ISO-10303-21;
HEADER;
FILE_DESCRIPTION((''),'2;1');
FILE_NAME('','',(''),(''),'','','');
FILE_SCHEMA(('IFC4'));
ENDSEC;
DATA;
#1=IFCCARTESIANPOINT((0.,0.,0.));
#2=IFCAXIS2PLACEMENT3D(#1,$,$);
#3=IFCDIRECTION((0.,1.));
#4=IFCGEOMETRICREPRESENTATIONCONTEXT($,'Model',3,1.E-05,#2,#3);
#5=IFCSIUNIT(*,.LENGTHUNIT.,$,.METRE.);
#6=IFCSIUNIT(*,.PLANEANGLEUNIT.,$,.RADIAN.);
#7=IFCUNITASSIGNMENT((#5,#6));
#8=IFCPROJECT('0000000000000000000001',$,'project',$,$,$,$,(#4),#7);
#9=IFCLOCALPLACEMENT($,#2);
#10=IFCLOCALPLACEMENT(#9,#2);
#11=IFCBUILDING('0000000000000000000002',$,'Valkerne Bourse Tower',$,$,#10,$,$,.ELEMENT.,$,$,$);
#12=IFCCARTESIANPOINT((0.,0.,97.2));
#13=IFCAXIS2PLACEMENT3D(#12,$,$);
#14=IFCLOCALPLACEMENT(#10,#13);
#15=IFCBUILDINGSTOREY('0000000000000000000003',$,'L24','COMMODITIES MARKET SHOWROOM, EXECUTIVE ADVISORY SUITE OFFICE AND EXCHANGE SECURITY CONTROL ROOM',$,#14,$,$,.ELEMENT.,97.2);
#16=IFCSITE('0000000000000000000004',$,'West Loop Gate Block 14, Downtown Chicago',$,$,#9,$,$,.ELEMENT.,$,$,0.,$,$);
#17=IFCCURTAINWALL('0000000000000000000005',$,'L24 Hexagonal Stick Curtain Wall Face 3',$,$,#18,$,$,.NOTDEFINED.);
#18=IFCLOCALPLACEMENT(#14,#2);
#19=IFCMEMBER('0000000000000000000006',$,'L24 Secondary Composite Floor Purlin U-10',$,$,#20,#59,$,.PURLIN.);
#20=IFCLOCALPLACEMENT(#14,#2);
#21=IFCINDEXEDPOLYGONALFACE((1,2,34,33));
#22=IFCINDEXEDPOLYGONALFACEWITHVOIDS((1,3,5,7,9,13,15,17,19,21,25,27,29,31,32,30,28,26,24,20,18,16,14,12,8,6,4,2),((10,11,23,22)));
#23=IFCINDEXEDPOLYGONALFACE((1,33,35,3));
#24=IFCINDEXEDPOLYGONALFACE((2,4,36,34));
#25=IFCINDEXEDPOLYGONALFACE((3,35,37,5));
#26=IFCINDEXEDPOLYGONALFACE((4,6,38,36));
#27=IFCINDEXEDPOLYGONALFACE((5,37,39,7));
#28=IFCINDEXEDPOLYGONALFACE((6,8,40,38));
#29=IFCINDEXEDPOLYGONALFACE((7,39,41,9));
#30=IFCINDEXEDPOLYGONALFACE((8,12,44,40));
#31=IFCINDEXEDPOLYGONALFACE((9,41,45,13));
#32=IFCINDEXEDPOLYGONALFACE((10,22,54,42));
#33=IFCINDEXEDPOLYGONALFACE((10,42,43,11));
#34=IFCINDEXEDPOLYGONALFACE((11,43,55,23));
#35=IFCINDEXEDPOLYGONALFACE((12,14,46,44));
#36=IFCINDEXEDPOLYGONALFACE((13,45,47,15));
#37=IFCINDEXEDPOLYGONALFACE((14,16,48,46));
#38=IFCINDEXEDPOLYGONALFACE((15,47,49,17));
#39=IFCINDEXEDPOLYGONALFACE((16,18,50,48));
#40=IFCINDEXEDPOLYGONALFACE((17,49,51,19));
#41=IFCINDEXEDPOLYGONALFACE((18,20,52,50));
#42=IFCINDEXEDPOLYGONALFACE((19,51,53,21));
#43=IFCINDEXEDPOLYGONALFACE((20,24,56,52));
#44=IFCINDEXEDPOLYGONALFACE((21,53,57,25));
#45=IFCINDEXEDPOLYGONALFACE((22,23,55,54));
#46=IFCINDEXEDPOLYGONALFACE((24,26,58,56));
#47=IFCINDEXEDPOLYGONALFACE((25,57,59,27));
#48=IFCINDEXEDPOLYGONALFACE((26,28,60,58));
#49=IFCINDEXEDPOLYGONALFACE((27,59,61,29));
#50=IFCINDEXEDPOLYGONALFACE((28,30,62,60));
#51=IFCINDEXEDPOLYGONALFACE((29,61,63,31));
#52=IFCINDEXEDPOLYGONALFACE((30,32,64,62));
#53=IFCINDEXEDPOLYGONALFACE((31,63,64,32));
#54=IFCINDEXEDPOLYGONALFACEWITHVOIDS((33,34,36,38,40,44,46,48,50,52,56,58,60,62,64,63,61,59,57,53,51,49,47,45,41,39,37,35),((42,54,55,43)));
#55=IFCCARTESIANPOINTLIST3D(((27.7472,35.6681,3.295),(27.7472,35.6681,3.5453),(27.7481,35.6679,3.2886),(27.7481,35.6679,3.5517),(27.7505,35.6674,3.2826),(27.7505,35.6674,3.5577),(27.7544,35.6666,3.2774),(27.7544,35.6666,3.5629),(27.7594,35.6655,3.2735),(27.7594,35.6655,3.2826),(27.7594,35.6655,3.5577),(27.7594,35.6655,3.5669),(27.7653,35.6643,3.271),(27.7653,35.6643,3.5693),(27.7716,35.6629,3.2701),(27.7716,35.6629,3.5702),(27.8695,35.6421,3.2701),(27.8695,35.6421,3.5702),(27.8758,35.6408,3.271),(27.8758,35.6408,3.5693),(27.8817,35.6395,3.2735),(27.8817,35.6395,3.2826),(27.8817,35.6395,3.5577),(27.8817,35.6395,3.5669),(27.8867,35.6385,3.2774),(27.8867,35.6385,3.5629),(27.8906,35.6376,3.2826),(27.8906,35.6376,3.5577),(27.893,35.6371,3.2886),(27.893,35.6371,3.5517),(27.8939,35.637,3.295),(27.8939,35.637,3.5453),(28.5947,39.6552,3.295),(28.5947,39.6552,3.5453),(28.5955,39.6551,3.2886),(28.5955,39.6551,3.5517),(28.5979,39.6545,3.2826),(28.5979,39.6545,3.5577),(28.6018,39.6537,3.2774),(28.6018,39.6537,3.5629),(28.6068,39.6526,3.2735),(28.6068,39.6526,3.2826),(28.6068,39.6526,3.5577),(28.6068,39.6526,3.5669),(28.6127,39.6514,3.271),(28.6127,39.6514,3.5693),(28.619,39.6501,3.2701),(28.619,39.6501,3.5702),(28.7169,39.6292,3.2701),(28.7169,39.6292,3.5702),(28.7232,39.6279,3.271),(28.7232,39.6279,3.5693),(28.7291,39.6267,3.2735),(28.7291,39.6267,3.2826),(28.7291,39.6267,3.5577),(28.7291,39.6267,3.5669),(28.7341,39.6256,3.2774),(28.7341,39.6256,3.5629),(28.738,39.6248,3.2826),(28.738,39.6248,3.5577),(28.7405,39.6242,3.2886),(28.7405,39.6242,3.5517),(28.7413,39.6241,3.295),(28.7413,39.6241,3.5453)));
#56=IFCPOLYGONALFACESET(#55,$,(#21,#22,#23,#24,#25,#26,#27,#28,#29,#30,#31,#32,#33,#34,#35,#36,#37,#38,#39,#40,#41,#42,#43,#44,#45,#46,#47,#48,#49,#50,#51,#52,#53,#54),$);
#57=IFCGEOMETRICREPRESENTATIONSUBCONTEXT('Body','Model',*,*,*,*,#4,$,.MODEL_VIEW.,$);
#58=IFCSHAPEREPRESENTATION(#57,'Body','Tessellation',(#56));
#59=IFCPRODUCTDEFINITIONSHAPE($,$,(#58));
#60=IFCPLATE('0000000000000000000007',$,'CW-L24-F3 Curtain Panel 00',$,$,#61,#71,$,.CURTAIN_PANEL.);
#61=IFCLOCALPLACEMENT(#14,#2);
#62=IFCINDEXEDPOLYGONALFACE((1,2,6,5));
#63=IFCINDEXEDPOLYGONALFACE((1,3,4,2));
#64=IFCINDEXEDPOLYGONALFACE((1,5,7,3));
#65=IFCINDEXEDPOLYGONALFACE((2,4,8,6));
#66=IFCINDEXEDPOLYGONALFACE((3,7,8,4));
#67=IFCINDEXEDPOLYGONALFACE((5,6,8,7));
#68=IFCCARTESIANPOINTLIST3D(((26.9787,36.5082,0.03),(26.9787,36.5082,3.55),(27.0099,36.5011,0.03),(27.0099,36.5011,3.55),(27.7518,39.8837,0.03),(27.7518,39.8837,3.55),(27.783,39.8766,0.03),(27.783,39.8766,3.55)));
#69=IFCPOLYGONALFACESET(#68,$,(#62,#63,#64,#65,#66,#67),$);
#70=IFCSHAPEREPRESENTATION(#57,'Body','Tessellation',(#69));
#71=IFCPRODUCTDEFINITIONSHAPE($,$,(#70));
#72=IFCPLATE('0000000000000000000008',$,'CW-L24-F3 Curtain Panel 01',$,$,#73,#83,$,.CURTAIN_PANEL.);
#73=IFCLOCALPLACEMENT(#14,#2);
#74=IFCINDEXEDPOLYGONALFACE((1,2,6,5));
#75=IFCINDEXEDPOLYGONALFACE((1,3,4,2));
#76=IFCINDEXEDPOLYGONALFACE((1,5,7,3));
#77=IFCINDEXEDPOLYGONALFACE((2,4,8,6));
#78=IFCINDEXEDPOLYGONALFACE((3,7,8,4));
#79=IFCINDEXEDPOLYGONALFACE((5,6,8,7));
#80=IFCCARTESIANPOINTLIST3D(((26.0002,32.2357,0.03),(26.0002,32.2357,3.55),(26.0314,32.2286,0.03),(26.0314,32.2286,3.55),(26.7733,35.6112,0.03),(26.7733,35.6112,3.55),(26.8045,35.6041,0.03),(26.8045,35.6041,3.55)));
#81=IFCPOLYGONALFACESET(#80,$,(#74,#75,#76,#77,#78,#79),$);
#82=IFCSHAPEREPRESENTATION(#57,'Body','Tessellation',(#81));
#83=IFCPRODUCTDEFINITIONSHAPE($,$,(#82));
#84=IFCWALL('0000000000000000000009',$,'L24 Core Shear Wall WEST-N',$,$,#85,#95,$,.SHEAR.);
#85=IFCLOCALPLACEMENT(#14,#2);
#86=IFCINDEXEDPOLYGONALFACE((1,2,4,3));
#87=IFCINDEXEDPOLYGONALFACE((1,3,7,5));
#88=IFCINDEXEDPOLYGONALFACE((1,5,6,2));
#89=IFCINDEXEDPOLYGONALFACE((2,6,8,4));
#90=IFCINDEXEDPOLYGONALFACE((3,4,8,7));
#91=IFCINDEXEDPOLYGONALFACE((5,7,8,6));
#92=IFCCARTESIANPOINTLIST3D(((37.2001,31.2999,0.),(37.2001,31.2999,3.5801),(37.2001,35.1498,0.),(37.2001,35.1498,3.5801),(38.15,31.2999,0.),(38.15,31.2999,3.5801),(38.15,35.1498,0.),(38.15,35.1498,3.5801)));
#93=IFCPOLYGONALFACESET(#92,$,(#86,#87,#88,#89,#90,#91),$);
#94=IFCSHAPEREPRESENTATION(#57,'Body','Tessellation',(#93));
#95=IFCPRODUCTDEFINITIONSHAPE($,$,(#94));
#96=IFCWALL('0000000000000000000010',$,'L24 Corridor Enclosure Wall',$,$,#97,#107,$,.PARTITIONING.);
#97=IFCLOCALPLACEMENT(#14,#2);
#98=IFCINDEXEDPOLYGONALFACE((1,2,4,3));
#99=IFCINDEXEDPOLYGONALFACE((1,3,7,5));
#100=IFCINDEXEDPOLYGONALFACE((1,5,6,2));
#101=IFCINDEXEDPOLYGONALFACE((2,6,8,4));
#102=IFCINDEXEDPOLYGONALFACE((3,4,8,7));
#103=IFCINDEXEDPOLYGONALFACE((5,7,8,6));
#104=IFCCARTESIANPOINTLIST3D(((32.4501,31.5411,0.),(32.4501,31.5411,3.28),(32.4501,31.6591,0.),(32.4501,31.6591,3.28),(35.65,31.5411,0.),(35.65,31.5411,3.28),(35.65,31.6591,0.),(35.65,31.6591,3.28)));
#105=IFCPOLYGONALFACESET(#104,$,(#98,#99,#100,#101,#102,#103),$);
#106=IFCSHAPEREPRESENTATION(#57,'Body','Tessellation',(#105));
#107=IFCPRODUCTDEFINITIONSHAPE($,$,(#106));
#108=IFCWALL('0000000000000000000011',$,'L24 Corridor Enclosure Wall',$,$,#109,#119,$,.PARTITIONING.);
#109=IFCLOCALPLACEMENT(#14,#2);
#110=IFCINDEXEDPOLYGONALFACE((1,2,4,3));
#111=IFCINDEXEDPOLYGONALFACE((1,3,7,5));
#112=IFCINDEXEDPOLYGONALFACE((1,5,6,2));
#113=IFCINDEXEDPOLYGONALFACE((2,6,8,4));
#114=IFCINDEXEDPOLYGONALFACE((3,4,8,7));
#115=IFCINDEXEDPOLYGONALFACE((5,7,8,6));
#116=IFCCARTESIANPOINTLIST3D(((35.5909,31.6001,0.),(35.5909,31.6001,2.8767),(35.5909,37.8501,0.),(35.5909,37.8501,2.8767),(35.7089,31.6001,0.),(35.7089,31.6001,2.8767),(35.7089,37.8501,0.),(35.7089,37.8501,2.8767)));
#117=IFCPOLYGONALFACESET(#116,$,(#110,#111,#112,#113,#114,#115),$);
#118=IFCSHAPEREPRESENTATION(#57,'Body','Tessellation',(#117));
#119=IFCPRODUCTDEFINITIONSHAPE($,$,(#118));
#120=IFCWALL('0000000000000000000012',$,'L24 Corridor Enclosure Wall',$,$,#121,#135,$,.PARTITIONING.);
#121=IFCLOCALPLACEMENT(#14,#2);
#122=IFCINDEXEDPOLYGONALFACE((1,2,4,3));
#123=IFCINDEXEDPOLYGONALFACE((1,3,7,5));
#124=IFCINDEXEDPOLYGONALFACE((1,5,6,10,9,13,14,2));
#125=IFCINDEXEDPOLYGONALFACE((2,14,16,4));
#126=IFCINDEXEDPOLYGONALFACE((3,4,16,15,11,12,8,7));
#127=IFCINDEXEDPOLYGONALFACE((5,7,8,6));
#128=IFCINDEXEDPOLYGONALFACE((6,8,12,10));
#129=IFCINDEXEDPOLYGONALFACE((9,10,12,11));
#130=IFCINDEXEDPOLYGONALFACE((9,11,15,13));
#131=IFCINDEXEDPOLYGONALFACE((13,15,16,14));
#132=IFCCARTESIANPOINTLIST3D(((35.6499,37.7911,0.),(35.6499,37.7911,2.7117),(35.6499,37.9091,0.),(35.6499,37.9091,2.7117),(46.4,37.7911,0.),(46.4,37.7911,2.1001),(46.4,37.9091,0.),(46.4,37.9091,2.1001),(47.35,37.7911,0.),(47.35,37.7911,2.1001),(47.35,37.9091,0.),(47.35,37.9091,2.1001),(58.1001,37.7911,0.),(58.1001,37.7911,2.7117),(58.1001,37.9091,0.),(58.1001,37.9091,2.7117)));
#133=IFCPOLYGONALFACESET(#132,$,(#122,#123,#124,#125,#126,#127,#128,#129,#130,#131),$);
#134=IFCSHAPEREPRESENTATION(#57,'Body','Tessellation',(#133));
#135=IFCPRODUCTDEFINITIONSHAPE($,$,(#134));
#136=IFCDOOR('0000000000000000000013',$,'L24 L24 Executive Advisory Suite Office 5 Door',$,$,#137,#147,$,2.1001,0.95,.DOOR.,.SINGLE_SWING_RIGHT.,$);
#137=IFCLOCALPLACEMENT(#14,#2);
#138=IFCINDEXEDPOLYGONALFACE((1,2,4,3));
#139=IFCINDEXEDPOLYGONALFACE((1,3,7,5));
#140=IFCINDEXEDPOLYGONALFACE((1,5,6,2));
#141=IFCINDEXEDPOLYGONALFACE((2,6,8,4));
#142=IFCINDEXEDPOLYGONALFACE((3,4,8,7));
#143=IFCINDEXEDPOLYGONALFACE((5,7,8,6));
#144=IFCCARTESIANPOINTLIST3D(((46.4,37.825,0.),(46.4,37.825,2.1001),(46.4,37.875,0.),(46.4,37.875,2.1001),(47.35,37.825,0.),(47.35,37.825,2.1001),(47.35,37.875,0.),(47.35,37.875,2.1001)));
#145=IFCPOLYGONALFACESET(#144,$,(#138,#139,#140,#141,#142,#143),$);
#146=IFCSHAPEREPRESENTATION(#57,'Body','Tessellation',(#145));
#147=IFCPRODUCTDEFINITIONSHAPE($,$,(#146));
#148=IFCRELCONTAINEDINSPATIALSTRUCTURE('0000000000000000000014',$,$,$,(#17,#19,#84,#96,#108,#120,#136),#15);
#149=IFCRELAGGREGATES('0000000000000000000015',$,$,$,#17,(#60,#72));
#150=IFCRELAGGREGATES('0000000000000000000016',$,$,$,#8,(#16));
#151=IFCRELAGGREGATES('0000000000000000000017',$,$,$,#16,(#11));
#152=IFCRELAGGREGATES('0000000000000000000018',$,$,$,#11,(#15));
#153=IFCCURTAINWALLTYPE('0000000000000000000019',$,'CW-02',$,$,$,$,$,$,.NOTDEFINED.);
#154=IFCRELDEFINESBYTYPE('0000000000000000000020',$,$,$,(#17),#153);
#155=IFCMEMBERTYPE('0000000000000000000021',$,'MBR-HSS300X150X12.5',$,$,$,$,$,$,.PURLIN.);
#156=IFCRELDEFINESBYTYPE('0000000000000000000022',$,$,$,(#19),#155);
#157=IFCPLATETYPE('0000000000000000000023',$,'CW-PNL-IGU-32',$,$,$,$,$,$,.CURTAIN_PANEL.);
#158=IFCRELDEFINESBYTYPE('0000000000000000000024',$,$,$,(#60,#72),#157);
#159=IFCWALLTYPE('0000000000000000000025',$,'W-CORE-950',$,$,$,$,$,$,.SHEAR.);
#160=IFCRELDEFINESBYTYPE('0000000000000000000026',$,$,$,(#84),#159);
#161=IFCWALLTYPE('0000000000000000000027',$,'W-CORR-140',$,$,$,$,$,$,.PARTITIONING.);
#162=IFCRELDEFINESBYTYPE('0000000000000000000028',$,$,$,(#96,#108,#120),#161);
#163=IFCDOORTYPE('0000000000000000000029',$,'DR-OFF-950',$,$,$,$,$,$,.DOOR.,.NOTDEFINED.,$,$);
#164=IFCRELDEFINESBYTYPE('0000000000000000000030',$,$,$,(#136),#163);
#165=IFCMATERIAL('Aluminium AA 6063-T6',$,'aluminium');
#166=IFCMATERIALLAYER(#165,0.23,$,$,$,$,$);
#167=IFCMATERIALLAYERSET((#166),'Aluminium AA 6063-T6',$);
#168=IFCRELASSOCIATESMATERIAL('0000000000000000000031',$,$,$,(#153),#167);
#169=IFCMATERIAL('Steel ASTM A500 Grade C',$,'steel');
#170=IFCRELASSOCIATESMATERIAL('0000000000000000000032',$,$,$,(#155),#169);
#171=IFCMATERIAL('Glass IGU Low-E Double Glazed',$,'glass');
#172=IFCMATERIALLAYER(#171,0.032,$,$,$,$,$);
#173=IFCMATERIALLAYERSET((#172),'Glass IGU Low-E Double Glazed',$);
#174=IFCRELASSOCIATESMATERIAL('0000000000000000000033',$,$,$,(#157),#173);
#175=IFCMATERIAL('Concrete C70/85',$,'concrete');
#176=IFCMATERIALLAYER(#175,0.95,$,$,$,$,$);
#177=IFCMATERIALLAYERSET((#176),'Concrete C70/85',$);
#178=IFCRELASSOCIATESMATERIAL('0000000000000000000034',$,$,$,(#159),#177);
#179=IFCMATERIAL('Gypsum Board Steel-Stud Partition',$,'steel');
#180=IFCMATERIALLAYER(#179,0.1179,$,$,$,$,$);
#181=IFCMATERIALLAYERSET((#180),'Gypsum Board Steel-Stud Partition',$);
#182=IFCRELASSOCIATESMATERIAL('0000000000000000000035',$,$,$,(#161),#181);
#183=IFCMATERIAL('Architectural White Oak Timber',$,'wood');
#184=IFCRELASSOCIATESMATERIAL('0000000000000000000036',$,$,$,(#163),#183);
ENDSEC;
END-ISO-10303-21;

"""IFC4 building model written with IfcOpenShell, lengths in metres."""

from ifc_helpers import new_model, si_unit, direction, frame, frame_2d, origin, origin_2d, place, context, subcontext, project, spatial, rectangle, hollow_rectangle, extrude, material, layer, layer_set, material_profile, profile_set, type_object, element, fill, aggregate, save


model = new_model("IFC4")

# Units and contexts
model_context = context("Model", 3, precision=1e-05, world=origin(), true_north=direction((0.0, 1.0)))
body_context = subcontext(model_context, "Body", "Model", "MODEL_VIEW")
ifc_project = project(units=[si_unit("LENGTHUNIT", "METRE"), si_unit("PLANEANGLEUNIT", "RADIAN")], contexts=[model_context])

# Site, building, storey
site_placement = place(None, origin())
site = spatial("IfcSite", under=ifc_project, at=site_placement, Name="West Loop Gate Block 14, Downtown Chicago", CompositionType="ELEMENT", RefElevation=0.0)
building_placement = place(site_placement, origin())
building = spatial("IfcBuilding", under=site, at=building_placement, Name="Valkerne Bourse Tower", CompositionType="ELEMENT")
storey_placement = place(building_placement, frame((0.0, 0.0, 97.2)))
storey = spatial("IfcBuildingStorey", under=building, at=storey_placement, Name="L24", Description="COMMODITIES MARKET SHOWROOM, EXECUTIVE ADVISORY SUITE OFFICE AND EXCHANGE SECURITY CONTROL ROOM", CompositionType="ELEMENT", Elevation=97.2)

# Curtain wall
ifc_material_1 = material(Name="Aluminium AA 6063-T6", Category="aluminium")
ifc_layer_1 = layer(ifc_material_1, 0.23)
ifc_layer_set_1 = layer_set([ifc_layer_1], Name="Aluminium AA 6063-T6")
curtain_wall_type = type_object("IfcCurtainWallType", Name="CW-02", PredefinedType="NOTDEFINED", material=ifc_layer_set_1)
curtain_wall_placement = place(storey_placement, origin())
curtain_wall = element("IfcCurtainWall", 1, at=curtain_wall_placement, inside=storey, type_object=curtain_wall_type, Name="L24 Hexagonal Stick Curtain Wall Face 3", PredefinedType="NOTDEFINED")

# Member
ifc_material_2 = material(Name="Steel ASTM A500 Grade C", Category="steel")
ifc_material_profile_1 = material_profile(ifc_material_2, hollow_rectangle(XDim=0.1499, YDim=0.3, WallThickness=0.0125, OuterFilletRadius=0.0249, at=origin_2d()), Name="HSS300X150X12.5")
ifc_profile_set_1 = profile_set([ifc_material_profile_1], Name="Steel ASTM A500 Grade C")
member_type_1 = type_object("IfcMemberType", Name="MBR-HSS300X150X12.5", PredefinedType="PURLIN", material=ifc_profile_set_1)
member_1_placement = place(storey_placement, frame((28.668, 39.6396, 3.4202), z_axis=(-0.207897, -0.978151, 0.0), x_axis=(0.978151, -0.207897, 0.0)))
element("IfcMember", 2, at=member_1_placement, inside=storey, type_object=member_type_1, Name="L24 Secondary Composite Floor Purlin U-10", PredefinedType="PURLIN", context=body_context, shape_type="SweptSolid", body=[
    extrude(hollow_rectangle(XDim=0.1499, YDim=0.3, WallThickness=0.0125, OuterFilletRadius=0.0249, at=origin_2d()), origin(), (0.0, 0.0, 1.0), 4.0762),
])

# Plates
ifc_material_3 = material(Name="Glass IGU Low-E Double Glazed", Category="glass")
ifc_layer_2 = layer(ifc_material_3, 0.032)
ifc_layer_set_2 = layer_set([ifc_layer_2], Name="Glass IGU Low-E Double Glazed")
plate_type = type_object("IfcPlateType", Name="CW-PNL-IGU-32", PredefinedType="CURTAIN_PANEL", material=ifc_layer_set_2)
plate_1_placement = place(storey_placement, frame((27.3809, 38.1924, 0.03), z_axis=(0.0, 0.0, 1.0), x_axis=(-0.223248, -0.974762, 0.0)))
plate_1 = element("IfcPlate", 3, at=plate_1_placement, type_object=plate_type, Name="CW-L24-F3 Curtain Panel 00", PredefinedType="CURTAIN_PANEL", context=body_context, shape_type="SweptSolid", body=[
    extrude(rectangle(XDim=3.4629, YDim=0.032, at=origin_2d()), origin(), (0.0, 0.0, 1.0), 3.52),
])
plate_2_placement = place(storey_placement, frame((26.4023, 33.9199, 0.03), z_axis=(0.0, 0.0, 1.0), x_axis=(-0.223248, -0.974762, 0.0)))
plate_2 = element("IfcPlate", 4, at=plate_2_placement, type_object=plate_type, Name="CW-L24-F3 Curtain Panel 01", PredefinedType="CURTAIN_PANEL", context=body_context, shape_type="SweptSolid", body=[
    extrude(rectangle(XDim=3.4629, YDim=0.032, at=origin_2d()), origin(), (0.0, 0.0, 1.0), 3.52),
])
aggregate(curtain_wall, [plate_1, plate_2])

# Shared definitions
ifc_material_4 = material(Name="Concrete C70/85", Category="concrete")
ifc_layer_3 = layer(ifc_material_4, 0.95)
ifc_layer_set_3 = layer_set([ifc_layer_3], Name="Concrete C70/85")
wall_type_1 = type_object("IfcWallType", Name="W-CORE-950", PredefinedType="SHEAR", material=ifc_layer_set_3)

# Walls
wall_1_placement = place(storey_placement, frame((37.675, 31.3, 0.0), z_axis=(0.0, 0.0, 1.0), x_axis=(0.0, 1.0, 0.0)))
element("IfcWall", 5, at=wall_1_placement, inside=storey, type_object=wall_type_1, Name="L24 Core Shear Wall WEST-N", PredefinedType="SHEAR", context=body_context, shape_type="SweptSolid", body=[
    extrude(rectangle(XDim=3.8499, YDim=0.95, at=frame_2d((1.9248, 0.0))), origin(), (0.0, 0.0, 1.0), 3.5801),
])
ifc_material_5 = material(Name="Gypsum Board Steel-Stud Partition", Category="steel")
ifc_layer_4 = layer(ifc_material_5, 0.1179)
ifc_layer_set_4 = layer_set([ifc_layer_4], Name="Gypsum Board Steel-Stud Partition")
wall_type_2 = type_object("IfcWallType", Name="W-CORR-140", PredefinedType="PARTITIONING", material=ifc_layer_set_4)
wall_2_placement = place(storey_placement, frame((32.45, 31.6001, 0.0), z_axis=(0.0, 0.0, 1.0), x_axis=(1.0, 0.0, 0.0)))
element("IfcWall", 6, at=wall_2_placement, inside=storey, type_object=wall_type_2, Name="L24 Corridor Enclosure Wall", PredefinedType="PARTITIONING", context=body_context, shape_type="SweptSolid", body=[
    extrude(rectangle(XDim=3.2, YDim=0.1179, at=frame_2d((1.6001, 0.0))), origin(), (0.0, 0.0, 1.0), 3.28),
])
wall_3_placement = place(storey_placement, frame((35.6499, 31.6001, 0.0), z_axis=(0.0, 0.0, 1.0), x_axis=(0.0, 1.0, 0.0)))
element("IfcWall", 7, at=wall_3_placement, inside=storey, type_object=wall_type_2, Name="L24 Corridor Enclosure Wall", PredefinedType="PARTITIONING", context=body_context, shape_type="SweptSolid", body=[
    extrude(rectangle(XDim=6.25, YDim=0.1179, at=frame_2d((3.125, 0.0))), origin(), (0.0, 0.0, 1.0), 2.8767),
])

# Wall, opening, door
wall_4_placement = place(storey_placement, frame((35.6499, 37.8501, 0.0), z_axis=(0.0, 0.0, 1.0), x_axis=(1.0, 0.0, 0.0)))
wall_4 = element("IfcWall", 8, at=wall_4_placement, inside=storey, type_object=wall_type_2, Name="L24 Corridor Enclosure Wall", PredefinedType="PARTITIONING", context=body_context, shape_type="SweptSolid", body=[
    extrude(rectangle(XDim=22.4502, YDim=0.1179, at=frame_2d((11.2251, 0.0))), origin(), (0.0, 0.0, 1.0), 2.7117),
])
opening_1_placement = place(wall_4_placement, frame((10.75, 0.0, 0.0)))
opening_1 = element("IfcOpeningElement", 9, at=opening_1_placement, cuts=wall_4, PredefinedType="OPENING", context=body_context, shape_type="SweptSolid", body=[
    extrude(rectangle(XDim=0.95, YDim=2.1001, at=frame_2d((0.4751, 1.05))), frame((0.0, 0.0688, 0.0), z_axis=(0.0, -1.0, 0.0), x_axis=(1.0, 0.0, 0.0)), (0.0, 0.0, 1.0), 0.1379),
])
ifc_material_6 = material(Name="Architectural White Oak Timber", Category="wood")
door_type_1 = type_object("IfcDoorType", Name="DR-OFF-950", OperationType="NOTDEFINED", PredefinedType="DOOR", material=ifc_material_6)
door_1_placement = place(opening_1_placement, origin())
door_1 = element("IfcDoor", 10, at=door_1_placement, inside=storey, type_object=door_type_1, Name="L24 L24 Executive Advisory Suite Office 5 Door", OperationType="SINGLE_SWING_RIGHT", OverallHeight=2.1001, OverallWidth=0.95, PredefinedType="DOOR", context=body_context, shape_type="SweptSolid", body=[
    extrude(rectangle(XDim=0.95, YDim=2.1001, at=frame_2d((0.4751, 1.05))), frame((0.0, 0.0249, 0.0), z_axis=(0.0, -1.0, 0.0), x_axis=(1.0, 0.0, 0.0)), (0.0, 0.0, 1.0), 0.05),
])
fill(opening_1, door_1)

save(model, "model.ifc")
